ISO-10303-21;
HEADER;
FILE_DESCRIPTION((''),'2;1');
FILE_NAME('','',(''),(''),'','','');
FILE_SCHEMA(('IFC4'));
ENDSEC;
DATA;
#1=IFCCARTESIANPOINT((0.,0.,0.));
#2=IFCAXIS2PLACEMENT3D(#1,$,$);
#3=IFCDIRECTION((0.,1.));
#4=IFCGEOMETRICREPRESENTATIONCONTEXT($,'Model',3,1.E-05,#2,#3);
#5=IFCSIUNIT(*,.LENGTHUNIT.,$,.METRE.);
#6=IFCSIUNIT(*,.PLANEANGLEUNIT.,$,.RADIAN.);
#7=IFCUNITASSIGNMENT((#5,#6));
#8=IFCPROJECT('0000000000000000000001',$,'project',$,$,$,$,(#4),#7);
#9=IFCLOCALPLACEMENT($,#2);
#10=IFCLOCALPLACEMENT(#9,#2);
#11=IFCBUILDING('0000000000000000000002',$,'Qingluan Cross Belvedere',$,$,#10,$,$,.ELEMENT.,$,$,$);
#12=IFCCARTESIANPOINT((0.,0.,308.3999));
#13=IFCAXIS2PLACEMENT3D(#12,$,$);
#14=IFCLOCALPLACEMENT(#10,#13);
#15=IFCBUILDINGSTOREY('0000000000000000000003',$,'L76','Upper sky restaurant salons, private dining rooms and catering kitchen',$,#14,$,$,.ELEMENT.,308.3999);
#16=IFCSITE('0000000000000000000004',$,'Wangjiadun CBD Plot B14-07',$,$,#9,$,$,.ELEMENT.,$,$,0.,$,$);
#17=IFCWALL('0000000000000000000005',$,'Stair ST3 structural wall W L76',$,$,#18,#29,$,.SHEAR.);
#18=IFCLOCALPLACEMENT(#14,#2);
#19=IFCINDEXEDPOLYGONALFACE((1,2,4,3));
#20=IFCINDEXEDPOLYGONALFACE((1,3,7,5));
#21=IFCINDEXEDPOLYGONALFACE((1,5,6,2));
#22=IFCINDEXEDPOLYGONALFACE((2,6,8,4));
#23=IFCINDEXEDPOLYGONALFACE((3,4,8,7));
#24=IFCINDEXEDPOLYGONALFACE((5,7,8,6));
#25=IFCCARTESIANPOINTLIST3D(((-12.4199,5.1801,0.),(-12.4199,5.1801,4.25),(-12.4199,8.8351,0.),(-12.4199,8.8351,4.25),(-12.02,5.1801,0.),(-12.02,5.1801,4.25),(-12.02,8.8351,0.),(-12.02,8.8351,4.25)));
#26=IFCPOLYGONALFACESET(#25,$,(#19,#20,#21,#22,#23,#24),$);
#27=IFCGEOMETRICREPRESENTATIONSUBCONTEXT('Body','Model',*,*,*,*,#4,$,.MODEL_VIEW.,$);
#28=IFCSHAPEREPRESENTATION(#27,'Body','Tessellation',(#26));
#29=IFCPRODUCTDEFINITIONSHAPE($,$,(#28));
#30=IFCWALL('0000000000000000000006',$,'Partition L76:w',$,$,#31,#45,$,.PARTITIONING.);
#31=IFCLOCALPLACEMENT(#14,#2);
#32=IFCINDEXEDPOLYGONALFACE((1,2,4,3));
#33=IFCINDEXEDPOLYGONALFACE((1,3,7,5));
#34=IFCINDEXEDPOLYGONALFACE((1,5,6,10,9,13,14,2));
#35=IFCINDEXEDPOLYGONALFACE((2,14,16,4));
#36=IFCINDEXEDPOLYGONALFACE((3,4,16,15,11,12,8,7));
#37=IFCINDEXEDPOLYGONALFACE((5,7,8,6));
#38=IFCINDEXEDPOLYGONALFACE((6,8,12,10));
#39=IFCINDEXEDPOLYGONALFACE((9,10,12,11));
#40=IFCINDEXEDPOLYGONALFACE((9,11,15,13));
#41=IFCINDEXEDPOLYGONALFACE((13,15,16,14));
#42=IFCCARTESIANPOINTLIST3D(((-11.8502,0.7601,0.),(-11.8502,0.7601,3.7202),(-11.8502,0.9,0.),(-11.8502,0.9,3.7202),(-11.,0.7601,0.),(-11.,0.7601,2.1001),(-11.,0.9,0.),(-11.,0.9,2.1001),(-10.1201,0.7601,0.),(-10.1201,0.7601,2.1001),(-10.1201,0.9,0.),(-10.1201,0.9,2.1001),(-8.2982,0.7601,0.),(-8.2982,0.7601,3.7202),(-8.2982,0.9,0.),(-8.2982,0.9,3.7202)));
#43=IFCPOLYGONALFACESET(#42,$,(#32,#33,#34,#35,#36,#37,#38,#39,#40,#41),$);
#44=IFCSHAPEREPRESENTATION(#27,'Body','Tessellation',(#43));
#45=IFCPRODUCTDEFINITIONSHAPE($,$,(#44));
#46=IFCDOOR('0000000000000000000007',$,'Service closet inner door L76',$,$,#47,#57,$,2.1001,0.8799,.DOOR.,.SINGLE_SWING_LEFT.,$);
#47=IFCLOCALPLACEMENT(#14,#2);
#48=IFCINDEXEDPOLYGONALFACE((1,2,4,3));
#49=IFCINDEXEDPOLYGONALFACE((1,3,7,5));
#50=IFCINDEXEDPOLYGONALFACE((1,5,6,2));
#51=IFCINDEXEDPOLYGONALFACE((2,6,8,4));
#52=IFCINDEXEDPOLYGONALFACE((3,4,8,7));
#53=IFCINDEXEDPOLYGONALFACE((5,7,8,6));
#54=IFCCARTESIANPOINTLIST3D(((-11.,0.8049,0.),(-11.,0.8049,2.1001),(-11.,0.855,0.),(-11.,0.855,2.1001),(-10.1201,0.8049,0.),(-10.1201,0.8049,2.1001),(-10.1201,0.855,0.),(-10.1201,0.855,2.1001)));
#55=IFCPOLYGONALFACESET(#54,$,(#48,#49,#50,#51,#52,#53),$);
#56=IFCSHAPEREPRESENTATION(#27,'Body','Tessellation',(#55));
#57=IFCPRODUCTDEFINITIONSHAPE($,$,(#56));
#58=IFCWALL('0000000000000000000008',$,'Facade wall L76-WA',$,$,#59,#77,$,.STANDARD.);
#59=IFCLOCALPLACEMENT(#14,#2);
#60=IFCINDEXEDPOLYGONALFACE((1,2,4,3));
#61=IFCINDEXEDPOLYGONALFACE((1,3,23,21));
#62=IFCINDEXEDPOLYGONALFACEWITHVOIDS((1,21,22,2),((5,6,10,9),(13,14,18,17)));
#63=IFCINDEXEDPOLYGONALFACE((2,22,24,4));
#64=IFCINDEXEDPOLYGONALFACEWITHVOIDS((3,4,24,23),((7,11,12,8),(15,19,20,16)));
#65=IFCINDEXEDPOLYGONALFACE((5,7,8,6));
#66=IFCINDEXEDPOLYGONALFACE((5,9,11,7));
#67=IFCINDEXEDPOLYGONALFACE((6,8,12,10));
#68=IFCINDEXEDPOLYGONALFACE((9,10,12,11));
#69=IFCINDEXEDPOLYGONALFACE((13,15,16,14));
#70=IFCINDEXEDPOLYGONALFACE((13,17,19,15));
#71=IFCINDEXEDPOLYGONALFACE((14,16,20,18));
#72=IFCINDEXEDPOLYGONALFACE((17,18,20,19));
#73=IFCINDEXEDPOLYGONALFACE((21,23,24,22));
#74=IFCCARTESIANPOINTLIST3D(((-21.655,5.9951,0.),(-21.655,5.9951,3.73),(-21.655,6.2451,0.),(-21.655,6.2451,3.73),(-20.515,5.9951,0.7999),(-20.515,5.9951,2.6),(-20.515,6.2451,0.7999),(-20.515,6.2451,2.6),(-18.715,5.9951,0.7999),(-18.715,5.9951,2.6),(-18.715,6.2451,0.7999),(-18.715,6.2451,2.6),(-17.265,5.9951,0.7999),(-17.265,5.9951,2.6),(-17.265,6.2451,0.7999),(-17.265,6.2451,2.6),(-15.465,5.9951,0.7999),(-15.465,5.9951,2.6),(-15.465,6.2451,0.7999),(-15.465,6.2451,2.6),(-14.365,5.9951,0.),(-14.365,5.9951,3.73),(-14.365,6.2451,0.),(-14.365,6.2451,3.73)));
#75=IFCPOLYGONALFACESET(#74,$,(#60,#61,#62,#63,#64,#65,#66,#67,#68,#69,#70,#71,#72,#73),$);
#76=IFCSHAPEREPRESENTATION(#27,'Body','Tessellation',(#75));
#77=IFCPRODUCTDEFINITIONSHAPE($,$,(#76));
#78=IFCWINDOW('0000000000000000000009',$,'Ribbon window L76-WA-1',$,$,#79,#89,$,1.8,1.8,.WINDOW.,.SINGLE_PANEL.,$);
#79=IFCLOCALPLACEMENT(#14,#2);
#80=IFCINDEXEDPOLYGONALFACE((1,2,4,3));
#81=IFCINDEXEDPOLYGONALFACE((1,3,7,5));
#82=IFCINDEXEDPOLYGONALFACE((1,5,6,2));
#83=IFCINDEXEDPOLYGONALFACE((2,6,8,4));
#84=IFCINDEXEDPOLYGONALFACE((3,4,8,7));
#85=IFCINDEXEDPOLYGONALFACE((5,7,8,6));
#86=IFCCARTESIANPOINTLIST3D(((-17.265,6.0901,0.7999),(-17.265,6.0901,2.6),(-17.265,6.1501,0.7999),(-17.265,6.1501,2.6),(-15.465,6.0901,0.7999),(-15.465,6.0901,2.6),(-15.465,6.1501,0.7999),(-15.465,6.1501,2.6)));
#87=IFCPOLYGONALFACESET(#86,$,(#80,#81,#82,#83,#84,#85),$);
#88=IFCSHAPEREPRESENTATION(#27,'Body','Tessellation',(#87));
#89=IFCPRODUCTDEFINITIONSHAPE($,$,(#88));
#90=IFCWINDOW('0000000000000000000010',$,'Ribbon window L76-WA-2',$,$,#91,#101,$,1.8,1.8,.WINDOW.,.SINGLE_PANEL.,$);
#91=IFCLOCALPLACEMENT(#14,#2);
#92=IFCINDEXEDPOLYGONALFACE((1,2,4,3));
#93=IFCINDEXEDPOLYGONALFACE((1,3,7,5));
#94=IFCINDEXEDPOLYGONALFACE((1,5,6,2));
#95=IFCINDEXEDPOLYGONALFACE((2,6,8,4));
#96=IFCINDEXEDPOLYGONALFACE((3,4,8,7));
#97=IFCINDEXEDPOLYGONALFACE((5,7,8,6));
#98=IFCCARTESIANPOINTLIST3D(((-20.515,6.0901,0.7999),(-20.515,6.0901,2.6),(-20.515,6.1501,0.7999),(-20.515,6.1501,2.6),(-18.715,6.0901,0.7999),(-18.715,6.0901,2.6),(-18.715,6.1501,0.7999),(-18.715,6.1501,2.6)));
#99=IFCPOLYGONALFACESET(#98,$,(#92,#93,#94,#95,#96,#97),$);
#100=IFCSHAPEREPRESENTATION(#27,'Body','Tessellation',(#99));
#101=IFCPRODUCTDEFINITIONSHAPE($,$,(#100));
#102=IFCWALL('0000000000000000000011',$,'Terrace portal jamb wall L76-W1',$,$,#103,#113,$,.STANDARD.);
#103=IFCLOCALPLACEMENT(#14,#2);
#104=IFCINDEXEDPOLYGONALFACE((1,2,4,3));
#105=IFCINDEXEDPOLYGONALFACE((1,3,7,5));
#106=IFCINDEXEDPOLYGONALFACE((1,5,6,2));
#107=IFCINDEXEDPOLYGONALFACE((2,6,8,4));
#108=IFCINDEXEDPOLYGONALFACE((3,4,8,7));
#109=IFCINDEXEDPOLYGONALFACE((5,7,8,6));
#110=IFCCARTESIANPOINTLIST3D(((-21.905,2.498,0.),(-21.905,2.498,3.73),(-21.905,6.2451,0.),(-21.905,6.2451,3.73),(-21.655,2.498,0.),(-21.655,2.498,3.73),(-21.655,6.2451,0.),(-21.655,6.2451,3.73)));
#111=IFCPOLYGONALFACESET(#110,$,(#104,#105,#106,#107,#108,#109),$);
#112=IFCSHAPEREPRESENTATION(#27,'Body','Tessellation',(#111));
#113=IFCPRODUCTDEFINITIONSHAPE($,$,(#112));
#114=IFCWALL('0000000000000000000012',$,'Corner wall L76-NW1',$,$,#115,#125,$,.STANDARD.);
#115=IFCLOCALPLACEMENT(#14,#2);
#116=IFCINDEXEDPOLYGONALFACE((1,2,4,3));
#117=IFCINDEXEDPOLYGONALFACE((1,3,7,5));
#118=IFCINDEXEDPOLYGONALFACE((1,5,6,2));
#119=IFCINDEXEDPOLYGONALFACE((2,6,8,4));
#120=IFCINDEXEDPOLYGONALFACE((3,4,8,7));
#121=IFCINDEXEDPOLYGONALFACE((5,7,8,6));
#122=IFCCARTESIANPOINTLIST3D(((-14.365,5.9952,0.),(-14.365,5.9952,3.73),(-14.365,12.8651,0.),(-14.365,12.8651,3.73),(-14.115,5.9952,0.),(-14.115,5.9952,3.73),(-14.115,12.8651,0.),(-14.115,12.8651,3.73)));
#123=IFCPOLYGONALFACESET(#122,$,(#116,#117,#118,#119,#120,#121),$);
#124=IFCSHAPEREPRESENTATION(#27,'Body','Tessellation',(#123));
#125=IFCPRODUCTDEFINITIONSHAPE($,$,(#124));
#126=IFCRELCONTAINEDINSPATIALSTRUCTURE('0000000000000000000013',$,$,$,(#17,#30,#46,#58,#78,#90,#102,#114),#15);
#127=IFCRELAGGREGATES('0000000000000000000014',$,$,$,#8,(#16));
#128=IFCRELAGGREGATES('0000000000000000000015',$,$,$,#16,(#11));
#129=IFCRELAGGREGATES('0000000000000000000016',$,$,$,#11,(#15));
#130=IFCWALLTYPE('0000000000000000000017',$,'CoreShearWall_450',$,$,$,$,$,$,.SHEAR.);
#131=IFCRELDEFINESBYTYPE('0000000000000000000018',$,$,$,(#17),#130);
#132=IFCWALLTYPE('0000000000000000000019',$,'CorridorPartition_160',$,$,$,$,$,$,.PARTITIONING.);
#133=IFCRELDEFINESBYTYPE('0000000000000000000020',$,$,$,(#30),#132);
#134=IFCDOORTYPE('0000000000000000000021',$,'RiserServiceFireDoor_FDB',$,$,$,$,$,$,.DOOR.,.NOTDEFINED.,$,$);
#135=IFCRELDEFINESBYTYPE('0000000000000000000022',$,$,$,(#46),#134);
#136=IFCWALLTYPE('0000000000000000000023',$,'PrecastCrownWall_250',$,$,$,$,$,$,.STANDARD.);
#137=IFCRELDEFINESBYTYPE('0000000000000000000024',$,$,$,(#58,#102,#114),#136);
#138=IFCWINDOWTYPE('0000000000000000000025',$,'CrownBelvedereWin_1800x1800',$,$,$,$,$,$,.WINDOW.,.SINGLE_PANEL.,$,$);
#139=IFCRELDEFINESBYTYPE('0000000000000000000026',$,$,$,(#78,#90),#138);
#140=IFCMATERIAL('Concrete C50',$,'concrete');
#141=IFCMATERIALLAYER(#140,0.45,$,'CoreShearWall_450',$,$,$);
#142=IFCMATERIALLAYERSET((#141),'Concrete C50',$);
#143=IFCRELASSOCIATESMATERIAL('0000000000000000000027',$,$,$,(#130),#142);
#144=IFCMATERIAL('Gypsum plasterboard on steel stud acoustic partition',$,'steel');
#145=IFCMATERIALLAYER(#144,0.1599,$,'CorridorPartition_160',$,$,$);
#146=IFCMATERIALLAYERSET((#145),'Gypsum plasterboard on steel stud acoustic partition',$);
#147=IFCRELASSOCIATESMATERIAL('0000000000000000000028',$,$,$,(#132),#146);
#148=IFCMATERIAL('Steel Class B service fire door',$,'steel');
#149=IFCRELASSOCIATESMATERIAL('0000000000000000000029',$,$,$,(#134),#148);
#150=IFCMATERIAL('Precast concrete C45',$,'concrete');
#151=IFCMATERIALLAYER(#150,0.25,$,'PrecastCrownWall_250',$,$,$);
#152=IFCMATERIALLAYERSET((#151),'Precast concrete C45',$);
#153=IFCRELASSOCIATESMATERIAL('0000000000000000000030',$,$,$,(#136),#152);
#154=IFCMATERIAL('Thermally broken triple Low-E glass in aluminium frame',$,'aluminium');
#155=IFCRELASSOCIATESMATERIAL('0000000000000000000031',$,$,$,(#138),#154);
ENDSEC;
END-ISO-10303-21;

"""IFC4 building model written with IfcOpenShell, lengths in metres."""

from ifc_helpers import new_model, si_unit, direction, frame, frame_2d, origin, place, context, subcontext, project, spatial, rectangle, extrude, material, layer, layer_set, type_object, element, fill, save


model = new_model("IFC4")

# Units and contexts
model_context = context("Model", 3, precision=1e-05, world=origin(), true_north=direction((0.0, 1.0)))
body_context = subcontext(model_context, "Body", "Model", "MODEL_VIEW")
ifc_project = project(units=[si_unit("LENGTHUNIT", "METRE"), si_unit("PLANEANGLEUNIT", "RADIAN")], contexts=[model_context])

# Site, building, storey
site_placement = place(None, origin())
site = spatial("IfcSite", under=ifc_project, at=site_placement, Name="Wangjiadun CBD Plot B14-07", CompositionType="ELEMENT", RefElevation=0.0)
building_placement = place(site_placement, origin())
building = spatial("IfcBuilding", under=site, at=building_placement, Name="Qingluan Cross Belvedere", CompositionType="ELEMENT")
storey_placement = place(building_placement, frame((0.0, 0.0, 308.3999)))
storey = spatial("IfcBuildingStorey", under=building, at=storey_placement, Name="L76", Description="Upper sky restaurant salons, private dining rooms and catering kitchen", CompositionType="ELEMENT", Elevation=308.3999)

# Wall
ifc_material_1 = material(Name="Concrete C50", Category="concrete")
ifc_layer_1 = layer(ifc_material_1, 0.45, Name="CoreShearWall_450")
ifc_layer_set_1 = layer_set([ifc_layer_1], Name="Concrete C50")
wall_type_1 = type_object("IfcWallType", Name="CoreShearWall_450", PredefinedType="SHEAR", material=ifc_layer_set_1)
wall_1_placement = place(storey_placement, frame((-12.22, 5.1799, 0.0), z_axis=(0.0, 0.0, 1.0), x_axis=(0.0, 1.0, 0.0)))
element("IfcWall", 1, at=wall_1_placement, inside=storey, type_object=wall_type_1, Name="Stair ST3 structural wall W L76", PredefinedType="SHEAR", context=body_context, shape_type="SweptSolid", body=[
    extrude(rectangle(XDim=3.655, YDim=0.3999, at=frame_2d((1.8276, 0.0))), origin(), (0.0, 0.0, 1.0), 4.25),
])

# Wall, opening, door
ifc_material_2 = material(Name="Gypsum plasterboard on steel stud acoustic partition", Category="steel")
ifc_layer_2 = layer(ifc_material_2, 0.1599, Name="CorridorPartition_160")
ifc_layer_set_2 = layer_set([ifc_layer_2], Name="Gypsum plasterboard on steel stud acoustic partition")
wall_type_2 = type_object("IfcWallType", Name="CorridorPartition_160", PredefinedType="PARTITIONING", material=ifc_layer_set_2)
wall_2_placement = place(storey_placement, frame((-11.8501, 0.8301, 0.0), z_axis=(0.0, 0.0, 1.0), x_axis=(1.0, 0.0, 0.0)))
wall_2 = element("IfcWall", 2, at=wall_2_placement, inside=storey, type_object=wall_type_2, Name="Partition L76:w", PredefinedType="PARTITIONING", context=body_context, shape_type="SweptSolid", body=[
    extrude(rectangle(XDim=3.552, YDim=0.1399, at=frame_2d((1.7759, 0.0))), origin(), (0.0, 0.0, 1.0), 3.7202),
])
opening_1_placement = place(wall_2_placement, frame((0.8501, 0.0, 0.0)))
opening_1 = element("IfcOpeningElement", 3, at=opening_1_placement, cuts=wall_2, PredefinedType="OPENING", context=body_context, shape_type="SweptSolid", body=[
    extrude(rectangle(XDim=0.8799, YDim=2.1001, at=frame_2d((0.4399, 1.05))), frame((0.0, 0.0798, 0.0), z_axis=(0.0, -1.0, 0.0), x_axis=(1.0, 0.0, 0.0)), (0.0, 0.0, 1.0), 0.1599),
])
ifc_material_3 = material(Name="Steel Class B service fire door", Category="steel")
door_type_1 = type_object("IfcDoorType", Name="RiserServiceFireDoor_FDB", OperationType="NOTDEFINED", PredefinedType="DOOR", material=ifc_material_3)
door_1_placement = place(opening_1_placement, origin())
door_1 = element("IfcDoor", 4, at=door_1_placement, inside=storey, type_object=door_type_1, Name="Service closet inner door L76", OperationType="SINGLE_SWING_LEFT", OverallHeight=2.1001, OverallWidth=0.8799, PredefinedType="DOOR", context=body_context, shape_type="SweptSolid", body=[
    extrude(rectangle(XDim=0.8799, YDim=2.1001, at=frame_2d((0.4399, 1.05))), frame((0.0, 0.0249, 0.0), z_axis=(0.0, -1.0, 0.0), x_axis=(1.0, 0.0, 0.0)), (0.0, 0.0, 1.0), 0.05),
])
fill(opening_1, door_1)

# Wall, openings, windows
ifc_material_4 = material(Name="Precast concrete C45", Category="concrete")
ifc_layer_3 = layer(ifc_material_4, 0.25, Name="PrecastCrownWall_250")
ifc_layer_set_3 = layer_set([ifc_layer_3], Name="Precast concrete C45")
wall_type_3 = type_object("IfcWallType", Name="PrecastCrownWall_250", PredefinedType="STANDARD", material=ifc_layer_set_3)
wall_3_placement = place(storey_placement, frame((-14.365, 6.1201, 0.0), z_axis=(0.0, 0.0, 1.0), x_axis=(-1.0, 0.0, 0.0)))
wall_3 = element("IfcWall", 5, at=wall_3_placement, inside=storey, type_object=wall_type_3, Name="Facade wall L76-WA", PredefinedType="STANDARD", context=body_context, shape_type="SweptSolid", body=[
    extrude(rectangle(XDim=7.29, YDim=0.25, at=frame_2d((3.645, 0.0))), origin(), (0.0, 0.0, 1.0), 3.73),
])
opening_2_placement = place(wall_3_placement, frame((1.1001, 0.0, 0.8)))
opening_2 = element("IfcOpeningElement", 6, at=opening_2_placement, cuts=wall_3, PredefinedType="OPENING", context=body_context, shape_type="SweptSolid", body=[
    extrude(rectangle(XDim=1.8, YDim=1.8, at=frame_2d((0.8999, 0.8999))), frame((0.0, 0.135, 0.0), z_axis=(0.0, -1.0, 0.0), x_axis=(1.0, 0.0, 0.0)), (0.0, 0.0, 1.0), 0.27),
])
opening_3_placement = place(wall_3_placement, frame((4.3501, 0.0, 0.8)))
opening_3 = element("IfcOpeningElement", 7, at=opening_3_placement, cuts=wall_3, PredefinedType="OPENING", context=body_context, shape_type="SweptSolid", body=[
    extrude(rectangle(XDim=1.8, YDim=1.8, at=frame_2d((0.8999, 0.8999))), frame((0.0, 0.135, 0.0), z_axis=(0.0, -1.0, 0.0), x_axis=(1.0, 0.0, 0.0)), (0.0, 0.0, 1.0), 0.27),
])
ifc_material_5 = material(Name="Thermally broken triple Low-E glass in aluminium frame", Category="aluminium")
window_type = type_object("IfcWindowType", Name="CrownBelvedereWin_1800x1800", PartitioningType="SINGLE_PANEL", PredefinedType="WINDOW", material=ifc_material_5)
window_1_placement = place(opening_2_placement, origin())
window_1 = element("IfcWindow", 8, at=window_1_placement, inside=storey, type_object=window_type, Name="Ribbon window L76-WA-1", OverallHeight=1.8, OverallWidth=1.8, PartitioningType="SINGLE_PANEL", PredefinedType="WINDOW", context=body_context, shape_type="SweptSolid", body=[
    extrude(rectangle(XDim=1.8, YDim=1.8, at=frame_2d((0.8999, 0.8999))), frame((0.0, 0.03, 0.0), z_axis=(0.0, -1.0, 0.0), x_axis=(1.0, 0.0, 0.0)), (0.0, 0.0, 1.0), 0.0601),
])
fill(opening_2, window_1)
window_2_placement = place(opening_3_placement, origin())
window_2 = element("IfcWindow", 9, at=window_2_placement, inside=storey, type_object=window_type, Name="Ribbon window L76-WA-2", OverallHeight=1.8, OverallWidth=1.8, PartitioningType="SINGLE_PANEL", PredefinedType="WINDOW", context=body_context, shape_type="SweptSolid", body=[
    extrude(rectangle(XDim=1.8, YDim=1.8, at=frame_2d((0.8999, 0.8999))), frame((0.0, 0.03, 0.0), z_axis=(0.0, -1.0, 0.0), x_axis=(1.0, 0.0, 0.0)), (0.0, 0.0, 1.0), 0.0601),
])
fill(opening_3, window_2)

# Walls
wall_4_placement = place(storey_placement, frame((-21.78, 6.2451, 0.0), z_axis=(0.0, 0.0, 1.0), x_axis=(0.0, -1.0, 0.0)))
element("IfcWall", 10, at=wall_4_placement, inside=storey, type_object=wall_type_3, Name="Terrace portal jamb wall L76-W1", PredefinedType="STANDARD", context=body_context, shape_type="SweptSolid", body=[
    extrude(rectangle(XDim=3.7471, YDim=0.25, at=frame_2d((1.8735, 0.0))), origin(), (0.0, 0.0, 1.0), 3.73),
])
wall_5_placement = place(storey_placement, frame((-14.24, 5.9951, 0.0), z_axis=(0.0, 0.0, 1.0), x_axis=(0.0, 1.0, 0.0)))
element("IfcWall", 11, at=wall_5_placement, inside=storey, type_object=wall_type_3, Name="Corner wall L76-NW1", PredefinedType="STANDARD", context=body_context, shape_type="SweptSolid", body=[
    extrude(rectangle(XDim=6.8699, YDim=0.25, at=frame_2d((3.4351, 0.0))), origin(), (0.0, 0.0, 1.0), 3.73),
])

save(model, "model.ifc")
